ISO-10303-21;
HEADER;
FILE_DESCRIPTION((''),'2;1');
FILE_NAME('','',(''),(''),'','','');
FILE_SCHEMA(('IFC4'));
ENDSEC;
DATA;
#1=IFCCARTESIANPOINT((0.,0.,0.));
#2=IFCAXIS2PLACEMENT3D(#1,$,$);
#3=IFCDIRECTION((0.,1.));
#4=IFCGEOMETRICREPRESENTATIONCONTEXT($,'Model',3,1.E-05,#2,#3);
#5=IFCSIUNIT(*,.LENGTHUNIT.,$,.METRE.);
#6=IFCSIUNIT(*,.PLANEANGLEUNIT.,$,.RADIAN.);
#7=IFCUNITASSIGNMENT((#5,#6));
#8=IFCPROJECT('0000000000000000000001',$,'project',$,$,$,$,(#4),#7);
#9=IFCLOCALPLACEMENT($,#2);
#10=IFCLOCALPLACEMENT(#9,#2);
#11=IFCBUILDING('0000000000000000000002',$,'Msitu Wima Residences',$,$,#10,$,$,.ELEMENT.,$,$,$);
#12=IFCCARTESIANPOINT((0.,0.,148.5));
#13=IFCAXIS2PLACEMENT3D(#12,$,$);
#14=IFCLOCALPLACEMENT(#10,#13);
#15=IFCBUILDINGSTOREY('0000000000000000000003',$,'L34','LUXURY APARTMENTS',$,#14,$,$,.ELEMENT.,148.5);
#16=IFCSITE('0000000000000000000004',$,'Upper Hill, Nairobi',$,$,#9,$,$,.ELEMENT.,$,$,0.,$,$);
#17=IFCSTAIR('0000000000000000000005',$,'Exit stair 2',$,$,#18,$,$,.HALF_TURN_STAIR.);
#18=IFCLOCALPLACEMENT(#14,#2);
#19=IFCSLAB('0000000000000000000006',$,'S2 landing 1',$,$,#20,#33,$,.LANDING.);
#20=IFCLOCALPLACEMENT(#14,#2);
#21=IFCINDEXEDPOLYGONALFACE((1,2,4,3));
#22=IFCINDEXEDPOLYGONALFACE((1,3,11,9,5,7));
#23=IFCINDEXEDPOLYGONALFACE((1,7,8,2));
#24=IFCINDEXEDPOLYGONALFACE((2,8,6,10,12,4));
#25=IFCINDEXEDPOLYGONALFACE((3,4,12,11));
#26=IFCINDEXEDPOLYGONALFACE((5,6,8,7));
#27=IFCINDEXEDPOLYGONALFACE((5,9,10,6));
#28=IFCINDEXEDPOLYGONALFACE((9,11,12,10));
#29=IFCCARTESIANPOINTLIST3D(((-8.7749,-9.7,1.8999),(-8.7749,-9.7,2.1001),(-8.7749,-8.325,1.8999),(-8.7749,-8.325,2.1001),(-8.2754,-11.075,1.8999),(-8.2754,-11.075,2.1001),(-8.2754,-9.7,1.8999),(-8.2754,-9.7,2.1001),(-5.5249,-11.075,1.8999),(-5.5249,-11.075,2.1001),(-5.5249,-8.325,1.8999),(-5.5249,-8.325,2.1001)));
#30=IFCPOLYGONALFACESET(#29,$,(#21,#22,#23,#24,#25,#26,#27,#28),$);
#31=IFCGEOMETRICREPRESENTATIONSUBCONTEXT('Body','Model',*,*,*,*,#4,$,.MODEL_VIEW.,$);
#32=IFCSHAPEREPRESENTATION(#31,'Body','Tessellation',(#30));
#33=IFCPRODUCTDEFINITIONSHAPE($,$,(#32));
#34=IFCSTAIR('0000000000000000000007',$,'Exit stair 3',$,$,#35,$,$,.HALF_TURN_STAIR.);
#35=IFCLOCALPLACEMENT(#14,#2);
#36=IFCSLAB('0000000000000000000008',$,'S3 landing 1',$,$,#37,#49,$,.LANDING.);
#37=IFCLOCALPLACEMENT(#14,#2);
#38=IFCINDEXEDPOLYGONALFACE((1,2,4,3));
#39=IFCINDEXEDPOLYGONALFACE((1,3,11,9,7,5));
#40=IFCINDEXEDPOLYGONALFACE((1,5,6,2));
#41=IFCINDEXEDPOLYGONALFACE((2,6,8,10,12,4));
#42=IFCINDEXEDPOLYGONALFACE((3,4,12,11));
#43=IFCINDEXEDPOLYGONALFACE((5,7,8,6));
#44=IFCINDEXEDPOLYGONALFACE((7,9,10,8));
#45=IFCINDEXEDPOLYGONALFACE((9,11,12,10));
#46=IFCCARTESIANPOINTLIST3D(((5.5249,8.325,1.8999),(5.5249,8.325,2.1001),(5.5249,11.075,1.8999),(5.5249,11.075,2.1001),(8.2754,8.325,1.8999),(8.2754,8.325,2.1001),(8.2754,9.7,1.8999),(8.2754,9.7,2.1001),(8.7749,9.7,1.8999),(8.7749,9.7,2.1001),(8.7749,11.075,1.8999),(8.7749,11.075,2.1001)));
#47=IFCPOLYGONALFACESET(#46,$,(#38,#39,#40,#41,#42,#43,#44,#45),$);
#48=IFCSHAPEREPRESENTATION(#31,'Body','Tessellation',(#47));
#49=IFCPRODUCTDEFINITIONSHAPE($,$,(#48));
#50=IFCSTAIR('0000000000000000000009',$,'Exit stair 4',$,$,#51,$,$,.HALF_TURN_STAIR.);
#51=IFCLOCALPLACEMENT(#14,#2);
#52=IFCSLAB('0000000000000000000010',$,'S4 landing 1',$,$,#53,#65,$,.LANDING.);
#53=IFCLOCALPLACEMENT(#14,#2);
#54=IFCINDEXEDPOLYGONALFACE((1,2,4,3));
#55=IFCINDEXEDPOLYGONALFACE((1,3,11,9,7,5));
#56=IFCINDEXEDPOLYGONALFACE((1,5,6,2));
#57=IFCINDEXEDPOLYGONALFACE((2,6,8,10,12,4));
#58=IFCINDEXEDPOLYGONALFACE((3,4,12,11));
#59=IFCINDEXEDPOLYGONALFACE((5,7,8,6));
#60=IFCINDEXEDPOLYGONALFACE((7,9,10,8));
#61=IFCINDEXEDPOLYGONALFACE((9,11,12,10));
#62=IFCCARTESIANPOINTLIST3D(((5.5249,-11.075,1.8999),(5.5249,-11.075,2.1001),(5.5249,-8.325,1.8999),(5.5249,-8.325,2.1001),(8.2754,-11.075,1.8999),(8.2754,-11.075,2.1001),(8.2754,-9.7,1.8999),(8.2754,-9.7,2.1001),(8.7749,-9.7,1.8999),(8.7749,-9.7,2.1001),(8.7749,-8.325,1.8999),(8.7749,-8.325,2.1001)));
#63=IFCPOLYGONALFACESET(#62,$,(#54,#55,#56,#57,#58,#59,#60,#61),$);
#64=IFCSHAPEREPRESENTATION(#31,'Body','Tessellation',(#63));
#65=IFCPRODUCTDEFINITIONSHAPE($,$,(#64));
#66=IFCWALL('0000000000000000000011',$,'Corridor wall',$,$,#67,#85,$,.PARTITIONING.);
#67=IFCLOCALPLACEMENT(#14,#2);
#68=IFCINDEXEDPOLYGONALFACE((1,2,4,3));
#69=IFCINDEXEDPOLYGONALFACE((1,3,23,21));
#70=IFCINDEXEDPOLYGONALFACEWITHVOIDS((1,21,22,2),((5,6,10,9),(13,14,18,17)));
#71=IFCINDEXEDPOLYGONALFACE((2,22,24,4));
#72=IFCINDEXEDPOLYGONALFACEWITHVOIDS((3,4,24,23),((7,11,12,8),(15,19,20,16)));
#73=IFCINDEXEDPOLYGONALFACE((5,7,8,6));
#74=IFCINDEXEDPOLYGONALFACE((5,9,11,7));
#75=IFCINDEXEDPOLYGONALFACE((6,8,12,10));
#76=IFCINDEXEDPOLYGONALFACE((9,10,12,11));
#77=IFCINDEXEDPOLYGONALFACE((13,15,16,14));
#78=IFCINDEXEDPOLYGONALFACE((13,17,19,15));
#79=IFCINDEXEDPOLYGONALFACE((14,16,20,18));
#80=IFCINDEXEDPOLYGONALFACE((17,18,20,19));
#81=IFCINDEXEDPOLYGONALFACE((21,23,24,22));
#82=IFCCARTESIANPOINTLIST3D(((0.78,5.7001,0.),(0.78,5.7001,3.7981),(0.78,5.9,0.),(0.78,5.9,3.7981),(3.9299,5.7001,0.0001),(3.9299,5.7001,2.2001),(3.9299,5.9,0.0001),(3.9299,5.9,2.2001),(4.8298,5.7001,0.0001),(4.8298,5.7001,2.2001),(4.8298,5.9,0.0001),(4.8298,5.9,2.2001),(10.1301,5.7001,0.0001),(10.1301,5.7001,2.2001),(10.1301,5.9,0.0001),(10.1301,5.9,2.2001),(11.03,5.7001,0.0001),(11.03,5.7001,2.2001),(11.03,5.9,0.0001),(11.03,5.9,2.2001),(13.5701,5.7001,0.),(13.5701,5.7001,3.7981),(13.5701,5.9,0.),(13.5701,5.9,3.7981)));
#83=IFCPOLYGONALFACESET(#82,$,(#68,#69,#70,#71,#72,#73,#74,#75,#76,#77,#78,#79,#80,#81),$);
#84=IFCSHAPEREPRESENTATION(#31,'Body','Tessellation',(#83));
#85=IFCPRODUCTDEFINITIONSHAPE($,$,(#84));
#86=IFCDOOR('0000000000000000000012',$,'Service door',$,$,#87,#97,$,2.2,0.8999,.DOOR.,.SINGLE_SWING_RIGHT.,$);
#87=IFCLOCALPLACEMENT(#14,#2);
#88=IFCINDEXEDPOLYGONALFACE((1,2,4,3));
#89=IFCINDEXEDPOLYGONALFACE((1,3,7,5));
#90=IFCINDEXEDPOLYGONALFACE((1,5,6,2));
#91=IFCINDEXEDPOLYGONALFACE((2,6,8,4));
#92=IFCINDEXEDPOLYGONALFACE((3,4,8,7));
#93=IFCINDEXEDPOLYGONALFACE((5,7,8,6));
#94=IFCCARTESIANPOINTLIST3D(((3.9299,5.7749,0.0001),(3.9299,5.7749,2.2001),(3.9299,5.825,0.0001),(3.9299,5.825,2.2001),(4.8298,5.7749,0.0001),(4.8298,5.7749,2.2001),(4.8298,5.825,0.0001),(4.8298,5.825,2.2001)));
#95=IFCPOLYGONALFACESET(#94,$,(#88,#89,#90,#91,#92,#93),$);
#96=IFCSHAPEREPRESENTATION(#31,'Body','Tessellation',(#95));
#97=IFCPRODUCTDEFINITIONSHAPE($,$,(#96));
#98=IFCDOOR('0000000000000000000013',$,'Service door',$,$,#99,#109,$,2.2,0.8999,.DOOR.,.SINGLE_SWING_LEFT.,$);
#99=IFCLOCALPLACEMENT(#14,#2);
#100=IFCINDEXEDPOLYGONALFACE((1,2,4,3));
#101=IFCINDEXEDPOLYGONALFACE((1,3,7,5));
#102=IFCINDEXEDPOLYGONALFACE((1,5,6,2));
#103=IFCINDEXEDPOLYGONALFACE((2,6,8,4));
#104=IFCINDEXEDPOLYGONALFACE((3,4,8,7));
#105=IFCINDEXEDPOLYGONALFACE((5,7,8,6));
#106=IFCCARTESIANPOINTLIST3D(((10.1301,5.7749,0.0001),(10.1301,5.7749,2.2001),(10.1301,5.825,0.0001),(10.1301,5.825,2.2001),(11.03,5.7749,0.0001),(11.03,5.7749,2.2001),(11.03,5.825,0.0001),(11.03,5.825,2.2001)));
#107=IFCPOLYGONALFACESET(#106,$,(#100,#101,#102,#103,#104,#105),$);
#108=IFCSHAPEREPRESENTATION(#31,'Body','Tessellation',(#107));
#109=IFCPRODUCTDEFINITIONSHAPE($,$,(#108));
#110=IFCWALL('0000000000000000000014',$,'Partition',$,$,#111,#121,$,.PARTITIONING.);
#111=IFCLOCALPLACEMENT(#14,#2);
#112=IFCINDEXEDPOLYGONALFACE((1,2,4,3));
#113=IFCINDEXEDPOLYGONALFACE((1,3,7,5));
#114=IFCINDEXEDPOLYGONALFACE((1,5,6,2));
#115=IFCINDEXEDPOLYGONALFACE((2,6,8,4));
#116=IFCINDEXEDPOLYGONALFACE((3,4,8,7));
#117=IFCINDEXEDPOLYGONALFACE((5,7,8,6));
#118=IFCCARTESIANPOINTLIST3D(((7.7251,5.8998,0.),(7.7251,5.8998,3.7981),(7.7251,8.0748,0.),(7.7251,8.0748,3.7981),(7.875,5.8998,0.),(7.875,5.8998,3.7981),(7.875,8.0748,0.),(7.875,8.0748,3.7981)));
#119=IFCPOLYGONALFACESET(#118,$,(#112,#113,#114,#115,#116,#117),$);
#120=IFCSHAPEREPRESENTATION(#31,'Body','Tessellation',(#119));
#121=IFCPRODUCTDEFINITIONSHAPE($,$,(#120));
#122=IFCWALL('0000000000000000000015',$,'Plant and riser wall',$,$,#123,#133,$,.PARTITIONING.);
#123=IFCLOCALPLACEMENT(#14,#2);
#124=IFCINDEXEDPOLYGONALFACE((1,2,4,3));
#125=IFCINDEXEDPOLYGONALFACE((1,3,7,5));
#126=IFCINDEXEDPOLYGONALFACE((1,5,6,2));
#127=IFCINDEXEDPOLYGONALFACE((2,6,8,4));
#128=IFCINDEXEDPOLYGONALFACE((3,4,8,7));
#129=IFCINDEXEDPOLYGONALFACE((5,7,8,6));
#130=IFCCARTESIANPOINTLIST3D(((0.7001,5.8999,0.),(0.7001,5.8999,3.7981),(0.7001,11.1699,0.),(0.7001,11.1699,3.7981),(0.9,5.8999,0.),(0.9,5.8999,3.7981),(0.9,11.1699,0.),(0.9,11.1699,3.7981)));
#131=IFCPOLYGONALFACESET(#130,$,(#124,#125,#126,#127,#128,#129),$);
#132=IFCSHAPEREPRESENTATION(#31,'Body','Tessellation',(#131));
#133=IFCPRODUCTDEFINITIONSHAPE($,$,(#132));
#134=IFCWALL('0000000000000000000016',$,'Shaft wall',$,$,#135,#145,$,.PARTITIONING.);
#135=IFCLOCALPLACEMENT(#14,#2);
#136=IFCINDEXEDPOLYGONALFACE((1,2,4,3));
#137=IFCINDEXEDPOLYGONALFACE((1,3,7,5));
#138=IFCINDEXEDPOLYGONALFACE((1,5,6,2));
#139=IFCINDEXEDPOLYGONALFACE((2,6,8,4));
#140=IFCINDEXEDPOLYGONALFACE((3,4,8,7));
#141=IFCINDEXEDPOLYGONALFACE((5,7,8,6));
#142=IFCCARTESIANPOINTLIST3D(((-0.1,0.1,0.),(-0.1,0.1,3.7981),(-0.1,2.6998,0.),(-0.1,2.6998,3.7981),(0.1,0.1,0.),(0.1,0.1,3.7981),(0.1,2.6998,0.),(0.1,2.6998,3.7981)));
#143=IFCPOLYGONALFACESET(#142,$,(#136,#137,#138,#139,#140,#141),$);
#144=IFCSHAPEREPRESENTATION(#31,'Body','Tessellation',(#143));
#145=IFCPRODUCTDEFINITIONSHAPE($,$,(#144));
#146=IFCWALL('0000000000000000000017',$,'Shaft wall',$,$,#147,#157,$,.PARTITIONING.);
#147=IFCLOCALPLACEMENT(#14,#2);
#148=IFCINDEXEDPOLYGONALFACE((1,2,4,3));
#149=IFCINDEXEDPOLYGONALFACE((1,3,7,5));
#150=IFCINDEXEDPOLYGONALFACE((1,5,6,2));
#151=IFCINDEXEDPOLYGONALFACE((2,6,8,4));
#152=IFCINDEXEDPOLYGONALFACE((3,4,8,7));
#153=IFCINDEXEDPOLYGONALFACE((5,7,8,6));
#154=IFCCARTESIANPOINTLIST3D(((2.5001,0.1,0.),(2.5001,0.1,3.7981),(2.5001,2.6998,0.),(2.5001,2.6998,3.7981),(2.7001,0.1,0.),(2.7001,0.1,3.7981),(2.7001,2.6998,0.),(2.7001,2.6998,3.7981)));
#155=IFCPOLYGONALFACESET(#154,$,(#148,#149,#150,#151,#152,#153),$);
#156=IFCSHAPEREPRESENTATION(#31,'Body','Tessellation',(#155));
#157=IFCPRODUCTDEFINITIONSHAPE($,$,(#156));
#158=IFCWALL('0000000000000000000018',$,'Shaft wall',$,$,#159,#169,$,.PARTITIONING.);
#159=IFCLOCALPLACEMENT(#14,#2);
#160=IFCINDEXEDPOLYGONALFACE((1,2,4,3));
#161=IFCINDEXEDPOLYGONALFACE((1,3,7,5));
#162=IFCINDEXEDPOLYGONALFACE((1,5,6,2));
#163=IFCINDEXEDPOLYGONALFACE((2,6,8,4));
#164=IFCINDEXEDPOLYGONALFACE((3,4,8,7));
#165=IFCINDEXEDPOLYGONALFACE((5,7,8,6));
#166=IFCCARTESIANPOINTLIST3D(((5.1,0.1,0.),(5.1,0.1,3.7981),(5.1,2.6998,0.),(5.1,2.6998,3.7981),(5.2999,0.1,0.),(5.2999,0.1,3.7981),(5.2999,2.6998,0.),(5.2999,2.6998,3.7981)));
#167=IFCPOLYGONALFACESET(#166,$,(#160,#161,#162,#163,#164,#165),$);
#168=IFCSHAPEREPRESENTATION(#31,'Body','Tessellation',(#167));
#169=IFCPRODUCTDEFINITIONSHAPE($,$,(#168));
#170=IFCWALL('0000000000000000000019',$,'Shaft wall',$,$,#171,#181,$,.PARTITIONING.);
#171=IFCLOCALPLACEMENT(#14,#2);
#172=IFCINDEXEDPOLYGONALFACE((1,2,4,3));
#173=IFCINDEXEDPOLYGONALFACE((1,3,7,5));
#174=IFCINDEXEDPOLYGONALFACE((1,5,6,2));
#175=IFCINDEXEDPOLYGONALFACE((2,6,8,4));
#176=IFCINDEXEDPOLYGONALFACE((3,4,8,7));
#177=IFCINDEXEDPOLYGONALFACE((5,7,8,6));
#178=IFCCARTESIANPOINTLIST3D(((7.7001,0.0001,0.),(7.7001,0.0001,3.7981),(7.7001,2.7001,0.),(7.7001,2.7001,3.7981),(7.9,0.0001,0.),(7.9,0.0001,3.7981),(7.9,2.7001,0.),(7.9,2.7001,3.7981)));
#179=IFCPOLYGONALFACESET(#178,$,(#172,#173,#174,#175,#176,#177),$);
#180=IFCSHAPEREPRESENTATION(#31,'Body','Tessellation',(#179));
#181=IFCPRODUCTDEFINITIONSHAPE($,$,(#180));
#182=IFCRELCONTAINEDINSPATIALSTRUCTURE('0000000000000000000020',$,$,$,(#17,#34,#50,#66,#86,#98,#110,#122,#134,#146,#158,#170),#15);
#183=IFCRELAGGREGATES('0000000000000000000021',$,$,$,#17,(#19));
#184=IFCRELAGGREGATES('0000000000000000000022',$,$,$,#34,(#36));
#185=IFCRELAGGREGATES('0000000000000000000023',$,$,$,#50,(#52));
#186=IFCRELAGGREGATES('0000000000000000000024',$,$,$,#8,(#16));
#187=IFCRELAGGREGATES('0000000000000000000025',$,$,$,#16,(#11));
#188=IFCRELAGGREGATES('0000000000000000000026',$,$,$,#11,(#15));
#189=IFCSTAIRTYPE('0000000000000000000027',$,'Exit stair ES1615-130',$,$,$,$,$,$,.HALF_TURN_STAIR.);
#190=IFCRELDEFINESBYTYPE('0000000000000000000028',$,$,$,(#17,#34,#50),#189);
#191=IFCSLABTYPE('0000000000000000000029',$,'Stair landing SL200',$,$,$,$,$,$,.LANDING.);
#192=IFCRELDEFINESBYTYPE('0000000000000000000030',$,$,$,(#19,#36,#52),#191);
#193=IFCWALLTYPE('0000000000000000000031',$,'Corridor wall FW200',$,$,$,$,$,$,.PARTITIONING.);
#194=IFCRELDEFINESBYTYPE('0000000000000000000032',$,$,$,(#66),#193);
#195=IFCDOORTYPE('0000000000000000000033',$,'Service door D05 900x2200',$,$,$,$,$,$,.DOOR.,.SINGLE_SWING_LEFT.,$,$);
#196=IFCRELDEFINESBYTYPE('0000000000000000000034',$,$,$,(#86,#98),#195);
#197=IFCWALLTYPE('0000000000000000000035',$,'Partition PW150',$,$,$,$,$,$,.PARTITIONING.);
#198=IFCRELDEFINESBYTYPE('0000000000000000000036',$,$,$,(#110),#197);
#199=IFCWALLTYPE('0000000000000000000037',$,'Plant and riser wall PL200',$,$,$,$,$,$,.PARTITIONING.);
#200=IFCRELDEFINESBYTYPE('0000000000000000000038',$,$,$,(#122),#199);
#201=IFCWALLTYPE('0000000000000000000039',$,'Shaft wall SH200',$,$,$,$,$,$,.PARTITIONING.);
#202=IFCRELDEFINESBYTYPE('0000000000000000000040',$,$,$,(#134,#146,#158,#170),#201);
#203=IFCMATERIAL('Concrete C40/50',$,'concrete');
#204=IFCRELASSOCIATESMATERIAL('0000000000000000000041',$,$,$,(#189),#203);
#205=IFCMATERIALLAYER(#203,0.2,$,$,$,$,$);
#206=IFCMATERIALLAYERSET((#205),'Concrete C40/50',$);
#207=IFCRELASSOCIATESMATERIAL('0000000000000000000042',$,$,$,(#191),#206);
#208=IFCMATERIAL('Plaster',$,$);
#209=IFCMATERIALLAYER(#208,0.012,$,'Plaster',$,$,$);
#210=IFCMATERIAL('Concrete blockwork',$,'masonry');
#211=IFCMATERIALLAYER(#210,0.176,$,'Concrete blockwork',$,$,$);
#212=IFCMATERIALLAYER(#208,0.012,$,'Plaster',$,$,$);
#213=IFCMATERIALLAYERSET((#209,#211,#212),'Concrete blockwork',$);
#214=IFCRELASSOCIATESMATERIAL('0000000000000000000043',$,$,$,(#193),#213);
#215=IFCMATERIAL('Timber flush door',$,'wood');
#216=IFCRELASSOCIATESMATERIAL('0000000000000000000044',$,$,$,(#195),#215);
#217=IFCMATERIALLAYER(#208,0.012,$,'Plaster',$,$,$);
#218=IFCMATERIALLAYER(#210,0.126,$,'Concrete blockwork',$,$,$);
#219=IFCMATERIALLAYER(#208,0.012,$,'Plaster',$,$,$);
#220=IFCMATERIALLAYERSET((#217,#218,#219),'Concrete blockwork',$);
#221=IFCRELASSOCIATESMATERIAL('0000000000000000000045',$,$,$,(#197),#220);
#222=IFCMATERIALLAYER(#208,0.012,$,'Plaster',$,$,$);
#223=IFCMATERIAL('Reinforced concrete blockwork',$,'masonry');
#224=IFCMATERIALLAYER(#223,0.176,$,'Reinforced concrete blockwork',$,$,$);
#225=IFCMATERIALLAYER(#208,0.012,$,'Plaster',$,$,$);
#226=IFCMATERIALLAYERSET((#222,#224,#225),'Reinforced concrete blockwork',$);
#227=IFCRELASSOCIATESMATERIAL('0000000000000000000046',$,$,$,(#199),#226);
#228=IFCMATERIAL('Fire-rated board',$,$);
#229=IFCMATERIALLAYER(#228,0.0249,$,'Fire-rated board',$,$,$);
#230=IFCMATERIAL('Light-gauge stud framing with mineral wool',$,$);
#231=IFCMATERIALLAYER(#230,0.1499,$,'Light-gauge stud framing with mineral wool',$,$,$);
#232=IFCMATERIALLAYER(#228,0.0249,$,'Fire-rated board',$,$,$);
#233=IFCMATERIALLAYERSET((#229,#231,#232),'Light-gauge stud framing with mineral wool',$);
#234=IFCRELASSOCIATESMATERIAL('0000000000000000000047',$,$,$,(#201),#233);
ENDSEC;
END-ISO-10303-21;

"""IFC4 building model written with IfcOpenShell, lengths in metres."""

from ifc_helpers import new_model, si_unit, direction, frame, frame_2d, origin, place, context, subcontext, project, spatial, polyline, rectangle, outline, extrude, material, layer, layer_set, type_object, element, fill, aggregate, save


model = new_model("IFC4")

# Units and contexts
model_context = context("Model", 3, precision=1e-05, world=origin(), true_north=direction((0.0, 1.0)))
body_context = subcontext(model_context, "Body", "Model", "MODEL_VIEW")
ifc_project = project(units=[si_unit("LENGTHUNIT", "METRE"), si_unit("PLANEANGLEUNIT", "RADIAN")], contexts=[model_context])

# Site, building, storey
site_placement = place(None, origin())
site = spatial("IfcSite", under=ifc_project, at=site_placement, Name="Upper Hill, Nairobi", CompositionType="ELEMENT", RefElevation=0.0)
building_placement = place(site_placement, origin())
building = spatial("IfcBuilding", under=site, at=building_placement, Name="Msitu Wima Residences", CompositionType="ELEMENT")
storey_placement = place(building_placement, frame((0.0, 0.0, 148.5)))
storey = spatial("IfcBuildingStorey", under=building, at=storey_placement, Name="L34", Description="LUXURY APARTMENTS", CompositionType="ELEMENT", Elevation=148.5)

# Shared definitions
ifc_material_1 = material(Name="Concrete C40/50", Category="concrete")

# Stairs, slabs
stair_type = type_object("IfcStairType", Name="Exit stair ES1615-130", PredefinedType="HALF_TURN_STAIR", material=ifc_material_1)
ifc_layer_1 = layer(ifc_material_1, 0.2)
ifc_layer_set_1 = layer_set([ifc_layer_1], Name="Concrete C40/50")
slab_type_1 = type_object("IfcSlabType", Name="Stair landing SL200", PredefinedType="LANDING", material=ifc_layer_set_1)
stair_1_placement = place(storey_placement, origin())
stair_1 = element("IfcStair", 1, at=stair_1_placement, inside=storey, type_object=stair_type, Name="Exit stair 2", PredefinedType="HALF_TURN_STAIR")
slab_1_placement = place(storey_placement, frame((0.0, 0.0, 1.8999)))
slab_1 = element("IfcSlab", 2, at=slab_1_placement, type_object=slab_type_1, Name="S2 landing 1", PredefinedType="LANDING", context=body_context, shape_type="SweptSolid", body=[
    extrude(outline(polyline([(-5.5249, -11.075), (-8.2754, -11.075), (-8.2754, -9.7), (-8.7749, -9.7), (-8.7749, -8.325), (-5.5249, -8.325), (-5.5249, -11.075)])), origin(), (0.0, 0.0, 1.0), 0.2002),
])
aggregate(stair_1, [slab_1])
stair_2_placement = place(storey_placement, origin())
stair_2 = element("IfcStair", 3, at=stair_2_placement, inside=storey, type_object=stair_type, Name="Exit stair 3", PredefinedType="HALF_TURN_STAIR")
slab_2_placement = place(storey_placement, frame((0.0, 0.0, 1.8999)))
slab_2 = element("IfcSlab", 4, at=slab_2_placement, type_object=slab_type_1, Name="S3 landing 1", PredefinedType="LANDING", context=body_context, shape_type="SweptSolid", body=[
    extrude(outline(polyline([(5.5249, 8.325), (8.2754, 8.325), (8.2754, 9.7), (8.7749, 9.7), (8.7749, 11.075), (5.5249, 11.075), (5.5249, 8.325)])), origin(), (0.0, 0.0, 1.0), 0.2002),
])
aggregate(stair_2, [slab_2])
stair_3_placement = place(storey_placement, origin())
stair_3 = element("IfcStair", 5, at=stair_3_placement, inside=storey, type_object=stair_type, Name="Exit stair 4", PredefinedType="HALF_TURN_STAIR")
slab_3_placement = place(storey_placement, frame((0.0, 0.0, 1.8999)))
slab_3 = element("IfcSlab", 6, at=slab_3_placement, type_object=slab_type_1, Name="S4 landing 1", PredefinedType="LANDING", context=body_context, shape_type="SweptSolid", body=[
    extrude(outline(polyline([(5.5249, -11.075), (8.2754, -11.075), (8.2754, -9.7), (8.7749, -9.7), (8.7749, -8.325), (5.5249, -8.325), (5.5249, -11.075)])), origin(), (0.0, 0.0, 1.0), 0.2002),
])
aggregate(stair_3, [slab_3])

# Wall, openings, doors
ifc_material_2 = material(Name="Plaster")
ifc_layer_2 = layer(ifc_material_2, 0.012, Name="Plaster")
ifc_material_3 = material(Name="Concrete blockwork", Category="masonry")
ifc_layer_3 = layer(ifc_material_3, 0.176, Name="Concrete blockwork")
ifc_layer_4 = layer(ifc_material_2, 0.012, Name="Plaster")
ifc_layer_set_2 = layer_set([ifc_layer_2, ifc_layer_3, ifc_layer_4], Name="Concrete blockwork")
wall_type_1 = type_object("IfcWallType", Name="Corridor wall FW200", PredefinedType="PARTITIONING", material=ifc_layer_set_2)
wall_1_placement = place(storey_placement, frame((0.78, 5.8, 0.0), z_axis=(0.0, 0.0, 1.0), x_axis=(1.0, 0.0, 0.0)))
wall_1 = element("IfcWall", 7, at=wall_1_placement, inside=storey, type_object=wall_type_1, Name="Corridor wall", PredefinedType="PARTITIONING", context=body_context, shape_type="SweptSolid", body=[
    extrude(rectangle(XDim=12.79, YDim=0.2, at=frame_2d((6.395, 0.0))), origin(), (0.0, 0.0, 1.0), 3.7981),
])
opening_1_placement = place(wall_1_placement, frame((3.1499, 0.0, 0.0)))
opening_1 = element("IfcOpeningElement", 8, at=opening_1_placement, cuts=wall_1, PredefinedType="OPENING", context=body_context, shape_type="SweptSolid", body=[
    extrude(rectangle(XDim=0.8999, YDim=2.2, at=frame_2d((0.45, 1.1001))), frame((0.0, 0.1099, 0.0), z_axis=(0.0, -1.0, 0.0), x_axis=(1.0, 0.0, 0.0)), (0.0, 0.0, 1.0), 0.22),
])
opening_2_placement = place(wall_1_placement, frame((9.3501, 0.0, 0.0)))
opening_2 = element("IfcOpeningElement", 9, at=opening_2_placement, cuts=wall_1, PredefinedType="OPENING", context=body_context, shape_type="SweptSolid", body=[
    extrude(rectangle(XDim=0.8999, YDim=2.2, at=frame_2d((0.45, 1.1001))), frame((0.0, 0.1099, 0.0), z_axis=(0.0, -1.0, 0.0), x_axis=(1.0, 0.0, 0.0)), (0.0, 0.0, 1.0), 0.22),
])
ifc_material_4 = material(Name="Timber flush door", Category="wood")
door_type = type_object("IfcDoorType", Name="Service door D05 900x2200", OperationType="SINGLE_SWING_LEFT", PredefinedType="DOOR", material=ifc_material_4)
door_1_placement = place(opening_1_placement, origin())
door_1 = element("IfcDoor", 10, at=door_1_placement, inside=storey, type_object=door_type, Name="Service door", OperationType="SINGLE_SWING_RIGHT", OverallHeight=2.2, OverallWidth=0.8999, PredefinedType="DOOR", context=body_context, shape_type="SweptSolid", body=[
    extrude(rectangle(XDim=0.8999, YDim=2.2, at=frame_2d((0.45, 1.1001))), frame((0.0, 0.0249, 0.0), z_axis=(0.0, -1.0, 0.0), x_axis=(1.0, 0.0, 0.0)), (0.0, 0.0, 1.0), 0.05),
])
fill(opening_1, door_1)
door_2_placement = place(opening_2_placement, origin())
door_2 = element("IfcDoor", 11, at=door_2_placement, inside=storey, type_object=door_type, Name="Service door", OperationType="SINGLE_SWING_LEFT", OverallHeight=2.2, OverallWidth=0.8999, PredefinedType="DOOR", context=body_context, shape_type="SweptSolid", body=[
    extrude(rectangle(XDim=0.8999, YDim=2.2, at=frame_2d((0.45, 1.1001))), frame((0.0, 0.0249, 0.0), z_axis=(0.0, -1.0, 0.0), x_axis=(1.0, 0.0, 0.0)), (0.0, 0.0, 1.0), 0.05),
])
fill(opening_2, door_2)

# Walls
ifc_layer_5 = layer(ifc_material_2, 0.012, Name="Plaster")
ifc_layer_6 = layer(ifc_material_3, 0.126, Name="Concrete blockwork")
ifc_layer_7 = layer(ifc_material_2, 0.012, Name="Plaster")
ifc_layer_set_3 = layer_set([ifc_layer_5, ifc_layer_6, ifc_layer_7], Name="Concrete blockwork")
wall_type_2 = type_object("IfcWallType", Name="Partition PW150", PredefinedType="PARTITIONING", material=ifc_layer_set_3)
wall_2_placement = place(storey_placement, frame((7.8, 5.8999, 0.0), z_axis=(0.0, 0.0, 1.0), x_axis=(0.0, 1.0, 0.0)))
element("IfcWall", 12, at=wall_2_placement, inside=storey, type_object=wall_type_2, Name="Partition", PredefinedType="PARTITIONING", context=body_context, shape_type="SweptSolid", body=[
    extrude(rectangle(XDim=2.175, YDim=0.1499, at=frame_2d((1.0874, 0.0))), origin(), (0.0, 0.0, 1.0), 3.7981),
])
ifc_layer_8 = layer(ifc_material_2, 0.012, Name="Plaster")
ifc_material_5 = material(Name="Reinforced concrete blockwork", Category="masonry")
ifc_layer_9 = layer(ifc_material_5, 0.176, Name="Reinforced concrete blockwork")
ifc_layer_10 = layer(ifc_material_2, 0.012, Name="Plaster")
ifc_layer_set_4 = layer_set([ifc_layer_8, ifc_layer_9, ifc_layer_10], Name="Reinforced concrete blockwork")
wall_type_3 = type_object("IfcWallType", Name="Plant and riser wall PL200", PredefinedType="PARTITIONING", material=ifc_layer_set_4)
wall_3_placement = place(storey_placement, frame((0.8, 5.8999, 0.0), z_axis=(0.0, 0.0, 1.0), x_axis=(0.0, 1.0, 0.0)))
element("IfcWall", 13, at=wall_3_placement, inside=storey, type_object=wall_type_3, Name="Plant and riser wall", PredefinedType="PARTITIONING", context=body_context, shape_type="SweptSolid", body=[
    extrude(rectangle(XDim=5.27, YDim=0.2, at=frame_2d((2.635, 0.0))), origin(), (0.0, 0.0, 1.0), 3.7981),
])
ifc_material_6 = material(Name="Fire-rated board")
ifc_layer_11 = layer(ifc_material_6, 0.0249, Name="Fire-rated board")
ifc_material_7 = material(Name="Light-gauge stud framing with mineral wool")
ifc_layer_12 = layer(ifc_material_7, 0.1499, Name="Light-gauge stud framing with mineral wool")
ifc_layer_13 = layer(ifc_material_6, 0.0249, Name="Fire-rated board")
ifc_layer_set_5 = layer_set([ifc_layer_11, ifc_layer_12, ifc_layer_13], Name="Light-gauge stud framing with mineral wool")
wall_type_4 = type_object("IfcWallType", Name="Shaft wall SH200", PredefinedType="PARTITIONING", material=ifc_layer_set_5)
for number, where, z_axis, x_axis, name in (
    (14, (0.0, 0.1001, 0.0), (0.0, 0.0, 1.0), (0.0, 1.0, 0.0), "Shaft wall"),
    (15, (2.6001, 0.1001, 0.0), (0.0, 0.0, 1.0), (0.0, 1.0, 0.0), "Shaft wall"),
    (16, (5.2, 0.1001, 0.0), (0.0, 0.0, 1.0), (0.0, 1.0, 0.0), "Shaft wall"),
):
    element("IfcWall", number, at=place(storey_placement, frame(where, z_axis=z_axis, x_axis=x_axis)), inside=storey, type_object=wall_type_4, Name=name, PredefinedType="PARTITIONING", context=body_context, shape_type="SweptSolid", body=[
        extrude(rectangle(XDim=2.5999, YDim=0.2, at=frame_2d((1.2998, 0.0))), origin(), (0.0, 0.0, 1.0), 3.7981),
    ])
wall_4_placement = place(storey_placement, frame((7.8, 0.0, 0.0), z_axis=(0.0, 0.0, 1.0), x_axis=(0.0, 1.0, 0.0)))
element("IfcWall", 17, at=wall_4_placement, inside=storey, type_object=wall_type_4, Name="Shaft wall", PredefinedType="PARTITIONING", context=body_context, shape_type="SweptSolid", body=[
    extrude(rectangle(XDim=2.7, YDim=0.2, at=frame_2d((1.3501, 0.0))), origin(), (0.0, 0.0, 1.0), 3.7981),
])

save(model, "model.ifc")
